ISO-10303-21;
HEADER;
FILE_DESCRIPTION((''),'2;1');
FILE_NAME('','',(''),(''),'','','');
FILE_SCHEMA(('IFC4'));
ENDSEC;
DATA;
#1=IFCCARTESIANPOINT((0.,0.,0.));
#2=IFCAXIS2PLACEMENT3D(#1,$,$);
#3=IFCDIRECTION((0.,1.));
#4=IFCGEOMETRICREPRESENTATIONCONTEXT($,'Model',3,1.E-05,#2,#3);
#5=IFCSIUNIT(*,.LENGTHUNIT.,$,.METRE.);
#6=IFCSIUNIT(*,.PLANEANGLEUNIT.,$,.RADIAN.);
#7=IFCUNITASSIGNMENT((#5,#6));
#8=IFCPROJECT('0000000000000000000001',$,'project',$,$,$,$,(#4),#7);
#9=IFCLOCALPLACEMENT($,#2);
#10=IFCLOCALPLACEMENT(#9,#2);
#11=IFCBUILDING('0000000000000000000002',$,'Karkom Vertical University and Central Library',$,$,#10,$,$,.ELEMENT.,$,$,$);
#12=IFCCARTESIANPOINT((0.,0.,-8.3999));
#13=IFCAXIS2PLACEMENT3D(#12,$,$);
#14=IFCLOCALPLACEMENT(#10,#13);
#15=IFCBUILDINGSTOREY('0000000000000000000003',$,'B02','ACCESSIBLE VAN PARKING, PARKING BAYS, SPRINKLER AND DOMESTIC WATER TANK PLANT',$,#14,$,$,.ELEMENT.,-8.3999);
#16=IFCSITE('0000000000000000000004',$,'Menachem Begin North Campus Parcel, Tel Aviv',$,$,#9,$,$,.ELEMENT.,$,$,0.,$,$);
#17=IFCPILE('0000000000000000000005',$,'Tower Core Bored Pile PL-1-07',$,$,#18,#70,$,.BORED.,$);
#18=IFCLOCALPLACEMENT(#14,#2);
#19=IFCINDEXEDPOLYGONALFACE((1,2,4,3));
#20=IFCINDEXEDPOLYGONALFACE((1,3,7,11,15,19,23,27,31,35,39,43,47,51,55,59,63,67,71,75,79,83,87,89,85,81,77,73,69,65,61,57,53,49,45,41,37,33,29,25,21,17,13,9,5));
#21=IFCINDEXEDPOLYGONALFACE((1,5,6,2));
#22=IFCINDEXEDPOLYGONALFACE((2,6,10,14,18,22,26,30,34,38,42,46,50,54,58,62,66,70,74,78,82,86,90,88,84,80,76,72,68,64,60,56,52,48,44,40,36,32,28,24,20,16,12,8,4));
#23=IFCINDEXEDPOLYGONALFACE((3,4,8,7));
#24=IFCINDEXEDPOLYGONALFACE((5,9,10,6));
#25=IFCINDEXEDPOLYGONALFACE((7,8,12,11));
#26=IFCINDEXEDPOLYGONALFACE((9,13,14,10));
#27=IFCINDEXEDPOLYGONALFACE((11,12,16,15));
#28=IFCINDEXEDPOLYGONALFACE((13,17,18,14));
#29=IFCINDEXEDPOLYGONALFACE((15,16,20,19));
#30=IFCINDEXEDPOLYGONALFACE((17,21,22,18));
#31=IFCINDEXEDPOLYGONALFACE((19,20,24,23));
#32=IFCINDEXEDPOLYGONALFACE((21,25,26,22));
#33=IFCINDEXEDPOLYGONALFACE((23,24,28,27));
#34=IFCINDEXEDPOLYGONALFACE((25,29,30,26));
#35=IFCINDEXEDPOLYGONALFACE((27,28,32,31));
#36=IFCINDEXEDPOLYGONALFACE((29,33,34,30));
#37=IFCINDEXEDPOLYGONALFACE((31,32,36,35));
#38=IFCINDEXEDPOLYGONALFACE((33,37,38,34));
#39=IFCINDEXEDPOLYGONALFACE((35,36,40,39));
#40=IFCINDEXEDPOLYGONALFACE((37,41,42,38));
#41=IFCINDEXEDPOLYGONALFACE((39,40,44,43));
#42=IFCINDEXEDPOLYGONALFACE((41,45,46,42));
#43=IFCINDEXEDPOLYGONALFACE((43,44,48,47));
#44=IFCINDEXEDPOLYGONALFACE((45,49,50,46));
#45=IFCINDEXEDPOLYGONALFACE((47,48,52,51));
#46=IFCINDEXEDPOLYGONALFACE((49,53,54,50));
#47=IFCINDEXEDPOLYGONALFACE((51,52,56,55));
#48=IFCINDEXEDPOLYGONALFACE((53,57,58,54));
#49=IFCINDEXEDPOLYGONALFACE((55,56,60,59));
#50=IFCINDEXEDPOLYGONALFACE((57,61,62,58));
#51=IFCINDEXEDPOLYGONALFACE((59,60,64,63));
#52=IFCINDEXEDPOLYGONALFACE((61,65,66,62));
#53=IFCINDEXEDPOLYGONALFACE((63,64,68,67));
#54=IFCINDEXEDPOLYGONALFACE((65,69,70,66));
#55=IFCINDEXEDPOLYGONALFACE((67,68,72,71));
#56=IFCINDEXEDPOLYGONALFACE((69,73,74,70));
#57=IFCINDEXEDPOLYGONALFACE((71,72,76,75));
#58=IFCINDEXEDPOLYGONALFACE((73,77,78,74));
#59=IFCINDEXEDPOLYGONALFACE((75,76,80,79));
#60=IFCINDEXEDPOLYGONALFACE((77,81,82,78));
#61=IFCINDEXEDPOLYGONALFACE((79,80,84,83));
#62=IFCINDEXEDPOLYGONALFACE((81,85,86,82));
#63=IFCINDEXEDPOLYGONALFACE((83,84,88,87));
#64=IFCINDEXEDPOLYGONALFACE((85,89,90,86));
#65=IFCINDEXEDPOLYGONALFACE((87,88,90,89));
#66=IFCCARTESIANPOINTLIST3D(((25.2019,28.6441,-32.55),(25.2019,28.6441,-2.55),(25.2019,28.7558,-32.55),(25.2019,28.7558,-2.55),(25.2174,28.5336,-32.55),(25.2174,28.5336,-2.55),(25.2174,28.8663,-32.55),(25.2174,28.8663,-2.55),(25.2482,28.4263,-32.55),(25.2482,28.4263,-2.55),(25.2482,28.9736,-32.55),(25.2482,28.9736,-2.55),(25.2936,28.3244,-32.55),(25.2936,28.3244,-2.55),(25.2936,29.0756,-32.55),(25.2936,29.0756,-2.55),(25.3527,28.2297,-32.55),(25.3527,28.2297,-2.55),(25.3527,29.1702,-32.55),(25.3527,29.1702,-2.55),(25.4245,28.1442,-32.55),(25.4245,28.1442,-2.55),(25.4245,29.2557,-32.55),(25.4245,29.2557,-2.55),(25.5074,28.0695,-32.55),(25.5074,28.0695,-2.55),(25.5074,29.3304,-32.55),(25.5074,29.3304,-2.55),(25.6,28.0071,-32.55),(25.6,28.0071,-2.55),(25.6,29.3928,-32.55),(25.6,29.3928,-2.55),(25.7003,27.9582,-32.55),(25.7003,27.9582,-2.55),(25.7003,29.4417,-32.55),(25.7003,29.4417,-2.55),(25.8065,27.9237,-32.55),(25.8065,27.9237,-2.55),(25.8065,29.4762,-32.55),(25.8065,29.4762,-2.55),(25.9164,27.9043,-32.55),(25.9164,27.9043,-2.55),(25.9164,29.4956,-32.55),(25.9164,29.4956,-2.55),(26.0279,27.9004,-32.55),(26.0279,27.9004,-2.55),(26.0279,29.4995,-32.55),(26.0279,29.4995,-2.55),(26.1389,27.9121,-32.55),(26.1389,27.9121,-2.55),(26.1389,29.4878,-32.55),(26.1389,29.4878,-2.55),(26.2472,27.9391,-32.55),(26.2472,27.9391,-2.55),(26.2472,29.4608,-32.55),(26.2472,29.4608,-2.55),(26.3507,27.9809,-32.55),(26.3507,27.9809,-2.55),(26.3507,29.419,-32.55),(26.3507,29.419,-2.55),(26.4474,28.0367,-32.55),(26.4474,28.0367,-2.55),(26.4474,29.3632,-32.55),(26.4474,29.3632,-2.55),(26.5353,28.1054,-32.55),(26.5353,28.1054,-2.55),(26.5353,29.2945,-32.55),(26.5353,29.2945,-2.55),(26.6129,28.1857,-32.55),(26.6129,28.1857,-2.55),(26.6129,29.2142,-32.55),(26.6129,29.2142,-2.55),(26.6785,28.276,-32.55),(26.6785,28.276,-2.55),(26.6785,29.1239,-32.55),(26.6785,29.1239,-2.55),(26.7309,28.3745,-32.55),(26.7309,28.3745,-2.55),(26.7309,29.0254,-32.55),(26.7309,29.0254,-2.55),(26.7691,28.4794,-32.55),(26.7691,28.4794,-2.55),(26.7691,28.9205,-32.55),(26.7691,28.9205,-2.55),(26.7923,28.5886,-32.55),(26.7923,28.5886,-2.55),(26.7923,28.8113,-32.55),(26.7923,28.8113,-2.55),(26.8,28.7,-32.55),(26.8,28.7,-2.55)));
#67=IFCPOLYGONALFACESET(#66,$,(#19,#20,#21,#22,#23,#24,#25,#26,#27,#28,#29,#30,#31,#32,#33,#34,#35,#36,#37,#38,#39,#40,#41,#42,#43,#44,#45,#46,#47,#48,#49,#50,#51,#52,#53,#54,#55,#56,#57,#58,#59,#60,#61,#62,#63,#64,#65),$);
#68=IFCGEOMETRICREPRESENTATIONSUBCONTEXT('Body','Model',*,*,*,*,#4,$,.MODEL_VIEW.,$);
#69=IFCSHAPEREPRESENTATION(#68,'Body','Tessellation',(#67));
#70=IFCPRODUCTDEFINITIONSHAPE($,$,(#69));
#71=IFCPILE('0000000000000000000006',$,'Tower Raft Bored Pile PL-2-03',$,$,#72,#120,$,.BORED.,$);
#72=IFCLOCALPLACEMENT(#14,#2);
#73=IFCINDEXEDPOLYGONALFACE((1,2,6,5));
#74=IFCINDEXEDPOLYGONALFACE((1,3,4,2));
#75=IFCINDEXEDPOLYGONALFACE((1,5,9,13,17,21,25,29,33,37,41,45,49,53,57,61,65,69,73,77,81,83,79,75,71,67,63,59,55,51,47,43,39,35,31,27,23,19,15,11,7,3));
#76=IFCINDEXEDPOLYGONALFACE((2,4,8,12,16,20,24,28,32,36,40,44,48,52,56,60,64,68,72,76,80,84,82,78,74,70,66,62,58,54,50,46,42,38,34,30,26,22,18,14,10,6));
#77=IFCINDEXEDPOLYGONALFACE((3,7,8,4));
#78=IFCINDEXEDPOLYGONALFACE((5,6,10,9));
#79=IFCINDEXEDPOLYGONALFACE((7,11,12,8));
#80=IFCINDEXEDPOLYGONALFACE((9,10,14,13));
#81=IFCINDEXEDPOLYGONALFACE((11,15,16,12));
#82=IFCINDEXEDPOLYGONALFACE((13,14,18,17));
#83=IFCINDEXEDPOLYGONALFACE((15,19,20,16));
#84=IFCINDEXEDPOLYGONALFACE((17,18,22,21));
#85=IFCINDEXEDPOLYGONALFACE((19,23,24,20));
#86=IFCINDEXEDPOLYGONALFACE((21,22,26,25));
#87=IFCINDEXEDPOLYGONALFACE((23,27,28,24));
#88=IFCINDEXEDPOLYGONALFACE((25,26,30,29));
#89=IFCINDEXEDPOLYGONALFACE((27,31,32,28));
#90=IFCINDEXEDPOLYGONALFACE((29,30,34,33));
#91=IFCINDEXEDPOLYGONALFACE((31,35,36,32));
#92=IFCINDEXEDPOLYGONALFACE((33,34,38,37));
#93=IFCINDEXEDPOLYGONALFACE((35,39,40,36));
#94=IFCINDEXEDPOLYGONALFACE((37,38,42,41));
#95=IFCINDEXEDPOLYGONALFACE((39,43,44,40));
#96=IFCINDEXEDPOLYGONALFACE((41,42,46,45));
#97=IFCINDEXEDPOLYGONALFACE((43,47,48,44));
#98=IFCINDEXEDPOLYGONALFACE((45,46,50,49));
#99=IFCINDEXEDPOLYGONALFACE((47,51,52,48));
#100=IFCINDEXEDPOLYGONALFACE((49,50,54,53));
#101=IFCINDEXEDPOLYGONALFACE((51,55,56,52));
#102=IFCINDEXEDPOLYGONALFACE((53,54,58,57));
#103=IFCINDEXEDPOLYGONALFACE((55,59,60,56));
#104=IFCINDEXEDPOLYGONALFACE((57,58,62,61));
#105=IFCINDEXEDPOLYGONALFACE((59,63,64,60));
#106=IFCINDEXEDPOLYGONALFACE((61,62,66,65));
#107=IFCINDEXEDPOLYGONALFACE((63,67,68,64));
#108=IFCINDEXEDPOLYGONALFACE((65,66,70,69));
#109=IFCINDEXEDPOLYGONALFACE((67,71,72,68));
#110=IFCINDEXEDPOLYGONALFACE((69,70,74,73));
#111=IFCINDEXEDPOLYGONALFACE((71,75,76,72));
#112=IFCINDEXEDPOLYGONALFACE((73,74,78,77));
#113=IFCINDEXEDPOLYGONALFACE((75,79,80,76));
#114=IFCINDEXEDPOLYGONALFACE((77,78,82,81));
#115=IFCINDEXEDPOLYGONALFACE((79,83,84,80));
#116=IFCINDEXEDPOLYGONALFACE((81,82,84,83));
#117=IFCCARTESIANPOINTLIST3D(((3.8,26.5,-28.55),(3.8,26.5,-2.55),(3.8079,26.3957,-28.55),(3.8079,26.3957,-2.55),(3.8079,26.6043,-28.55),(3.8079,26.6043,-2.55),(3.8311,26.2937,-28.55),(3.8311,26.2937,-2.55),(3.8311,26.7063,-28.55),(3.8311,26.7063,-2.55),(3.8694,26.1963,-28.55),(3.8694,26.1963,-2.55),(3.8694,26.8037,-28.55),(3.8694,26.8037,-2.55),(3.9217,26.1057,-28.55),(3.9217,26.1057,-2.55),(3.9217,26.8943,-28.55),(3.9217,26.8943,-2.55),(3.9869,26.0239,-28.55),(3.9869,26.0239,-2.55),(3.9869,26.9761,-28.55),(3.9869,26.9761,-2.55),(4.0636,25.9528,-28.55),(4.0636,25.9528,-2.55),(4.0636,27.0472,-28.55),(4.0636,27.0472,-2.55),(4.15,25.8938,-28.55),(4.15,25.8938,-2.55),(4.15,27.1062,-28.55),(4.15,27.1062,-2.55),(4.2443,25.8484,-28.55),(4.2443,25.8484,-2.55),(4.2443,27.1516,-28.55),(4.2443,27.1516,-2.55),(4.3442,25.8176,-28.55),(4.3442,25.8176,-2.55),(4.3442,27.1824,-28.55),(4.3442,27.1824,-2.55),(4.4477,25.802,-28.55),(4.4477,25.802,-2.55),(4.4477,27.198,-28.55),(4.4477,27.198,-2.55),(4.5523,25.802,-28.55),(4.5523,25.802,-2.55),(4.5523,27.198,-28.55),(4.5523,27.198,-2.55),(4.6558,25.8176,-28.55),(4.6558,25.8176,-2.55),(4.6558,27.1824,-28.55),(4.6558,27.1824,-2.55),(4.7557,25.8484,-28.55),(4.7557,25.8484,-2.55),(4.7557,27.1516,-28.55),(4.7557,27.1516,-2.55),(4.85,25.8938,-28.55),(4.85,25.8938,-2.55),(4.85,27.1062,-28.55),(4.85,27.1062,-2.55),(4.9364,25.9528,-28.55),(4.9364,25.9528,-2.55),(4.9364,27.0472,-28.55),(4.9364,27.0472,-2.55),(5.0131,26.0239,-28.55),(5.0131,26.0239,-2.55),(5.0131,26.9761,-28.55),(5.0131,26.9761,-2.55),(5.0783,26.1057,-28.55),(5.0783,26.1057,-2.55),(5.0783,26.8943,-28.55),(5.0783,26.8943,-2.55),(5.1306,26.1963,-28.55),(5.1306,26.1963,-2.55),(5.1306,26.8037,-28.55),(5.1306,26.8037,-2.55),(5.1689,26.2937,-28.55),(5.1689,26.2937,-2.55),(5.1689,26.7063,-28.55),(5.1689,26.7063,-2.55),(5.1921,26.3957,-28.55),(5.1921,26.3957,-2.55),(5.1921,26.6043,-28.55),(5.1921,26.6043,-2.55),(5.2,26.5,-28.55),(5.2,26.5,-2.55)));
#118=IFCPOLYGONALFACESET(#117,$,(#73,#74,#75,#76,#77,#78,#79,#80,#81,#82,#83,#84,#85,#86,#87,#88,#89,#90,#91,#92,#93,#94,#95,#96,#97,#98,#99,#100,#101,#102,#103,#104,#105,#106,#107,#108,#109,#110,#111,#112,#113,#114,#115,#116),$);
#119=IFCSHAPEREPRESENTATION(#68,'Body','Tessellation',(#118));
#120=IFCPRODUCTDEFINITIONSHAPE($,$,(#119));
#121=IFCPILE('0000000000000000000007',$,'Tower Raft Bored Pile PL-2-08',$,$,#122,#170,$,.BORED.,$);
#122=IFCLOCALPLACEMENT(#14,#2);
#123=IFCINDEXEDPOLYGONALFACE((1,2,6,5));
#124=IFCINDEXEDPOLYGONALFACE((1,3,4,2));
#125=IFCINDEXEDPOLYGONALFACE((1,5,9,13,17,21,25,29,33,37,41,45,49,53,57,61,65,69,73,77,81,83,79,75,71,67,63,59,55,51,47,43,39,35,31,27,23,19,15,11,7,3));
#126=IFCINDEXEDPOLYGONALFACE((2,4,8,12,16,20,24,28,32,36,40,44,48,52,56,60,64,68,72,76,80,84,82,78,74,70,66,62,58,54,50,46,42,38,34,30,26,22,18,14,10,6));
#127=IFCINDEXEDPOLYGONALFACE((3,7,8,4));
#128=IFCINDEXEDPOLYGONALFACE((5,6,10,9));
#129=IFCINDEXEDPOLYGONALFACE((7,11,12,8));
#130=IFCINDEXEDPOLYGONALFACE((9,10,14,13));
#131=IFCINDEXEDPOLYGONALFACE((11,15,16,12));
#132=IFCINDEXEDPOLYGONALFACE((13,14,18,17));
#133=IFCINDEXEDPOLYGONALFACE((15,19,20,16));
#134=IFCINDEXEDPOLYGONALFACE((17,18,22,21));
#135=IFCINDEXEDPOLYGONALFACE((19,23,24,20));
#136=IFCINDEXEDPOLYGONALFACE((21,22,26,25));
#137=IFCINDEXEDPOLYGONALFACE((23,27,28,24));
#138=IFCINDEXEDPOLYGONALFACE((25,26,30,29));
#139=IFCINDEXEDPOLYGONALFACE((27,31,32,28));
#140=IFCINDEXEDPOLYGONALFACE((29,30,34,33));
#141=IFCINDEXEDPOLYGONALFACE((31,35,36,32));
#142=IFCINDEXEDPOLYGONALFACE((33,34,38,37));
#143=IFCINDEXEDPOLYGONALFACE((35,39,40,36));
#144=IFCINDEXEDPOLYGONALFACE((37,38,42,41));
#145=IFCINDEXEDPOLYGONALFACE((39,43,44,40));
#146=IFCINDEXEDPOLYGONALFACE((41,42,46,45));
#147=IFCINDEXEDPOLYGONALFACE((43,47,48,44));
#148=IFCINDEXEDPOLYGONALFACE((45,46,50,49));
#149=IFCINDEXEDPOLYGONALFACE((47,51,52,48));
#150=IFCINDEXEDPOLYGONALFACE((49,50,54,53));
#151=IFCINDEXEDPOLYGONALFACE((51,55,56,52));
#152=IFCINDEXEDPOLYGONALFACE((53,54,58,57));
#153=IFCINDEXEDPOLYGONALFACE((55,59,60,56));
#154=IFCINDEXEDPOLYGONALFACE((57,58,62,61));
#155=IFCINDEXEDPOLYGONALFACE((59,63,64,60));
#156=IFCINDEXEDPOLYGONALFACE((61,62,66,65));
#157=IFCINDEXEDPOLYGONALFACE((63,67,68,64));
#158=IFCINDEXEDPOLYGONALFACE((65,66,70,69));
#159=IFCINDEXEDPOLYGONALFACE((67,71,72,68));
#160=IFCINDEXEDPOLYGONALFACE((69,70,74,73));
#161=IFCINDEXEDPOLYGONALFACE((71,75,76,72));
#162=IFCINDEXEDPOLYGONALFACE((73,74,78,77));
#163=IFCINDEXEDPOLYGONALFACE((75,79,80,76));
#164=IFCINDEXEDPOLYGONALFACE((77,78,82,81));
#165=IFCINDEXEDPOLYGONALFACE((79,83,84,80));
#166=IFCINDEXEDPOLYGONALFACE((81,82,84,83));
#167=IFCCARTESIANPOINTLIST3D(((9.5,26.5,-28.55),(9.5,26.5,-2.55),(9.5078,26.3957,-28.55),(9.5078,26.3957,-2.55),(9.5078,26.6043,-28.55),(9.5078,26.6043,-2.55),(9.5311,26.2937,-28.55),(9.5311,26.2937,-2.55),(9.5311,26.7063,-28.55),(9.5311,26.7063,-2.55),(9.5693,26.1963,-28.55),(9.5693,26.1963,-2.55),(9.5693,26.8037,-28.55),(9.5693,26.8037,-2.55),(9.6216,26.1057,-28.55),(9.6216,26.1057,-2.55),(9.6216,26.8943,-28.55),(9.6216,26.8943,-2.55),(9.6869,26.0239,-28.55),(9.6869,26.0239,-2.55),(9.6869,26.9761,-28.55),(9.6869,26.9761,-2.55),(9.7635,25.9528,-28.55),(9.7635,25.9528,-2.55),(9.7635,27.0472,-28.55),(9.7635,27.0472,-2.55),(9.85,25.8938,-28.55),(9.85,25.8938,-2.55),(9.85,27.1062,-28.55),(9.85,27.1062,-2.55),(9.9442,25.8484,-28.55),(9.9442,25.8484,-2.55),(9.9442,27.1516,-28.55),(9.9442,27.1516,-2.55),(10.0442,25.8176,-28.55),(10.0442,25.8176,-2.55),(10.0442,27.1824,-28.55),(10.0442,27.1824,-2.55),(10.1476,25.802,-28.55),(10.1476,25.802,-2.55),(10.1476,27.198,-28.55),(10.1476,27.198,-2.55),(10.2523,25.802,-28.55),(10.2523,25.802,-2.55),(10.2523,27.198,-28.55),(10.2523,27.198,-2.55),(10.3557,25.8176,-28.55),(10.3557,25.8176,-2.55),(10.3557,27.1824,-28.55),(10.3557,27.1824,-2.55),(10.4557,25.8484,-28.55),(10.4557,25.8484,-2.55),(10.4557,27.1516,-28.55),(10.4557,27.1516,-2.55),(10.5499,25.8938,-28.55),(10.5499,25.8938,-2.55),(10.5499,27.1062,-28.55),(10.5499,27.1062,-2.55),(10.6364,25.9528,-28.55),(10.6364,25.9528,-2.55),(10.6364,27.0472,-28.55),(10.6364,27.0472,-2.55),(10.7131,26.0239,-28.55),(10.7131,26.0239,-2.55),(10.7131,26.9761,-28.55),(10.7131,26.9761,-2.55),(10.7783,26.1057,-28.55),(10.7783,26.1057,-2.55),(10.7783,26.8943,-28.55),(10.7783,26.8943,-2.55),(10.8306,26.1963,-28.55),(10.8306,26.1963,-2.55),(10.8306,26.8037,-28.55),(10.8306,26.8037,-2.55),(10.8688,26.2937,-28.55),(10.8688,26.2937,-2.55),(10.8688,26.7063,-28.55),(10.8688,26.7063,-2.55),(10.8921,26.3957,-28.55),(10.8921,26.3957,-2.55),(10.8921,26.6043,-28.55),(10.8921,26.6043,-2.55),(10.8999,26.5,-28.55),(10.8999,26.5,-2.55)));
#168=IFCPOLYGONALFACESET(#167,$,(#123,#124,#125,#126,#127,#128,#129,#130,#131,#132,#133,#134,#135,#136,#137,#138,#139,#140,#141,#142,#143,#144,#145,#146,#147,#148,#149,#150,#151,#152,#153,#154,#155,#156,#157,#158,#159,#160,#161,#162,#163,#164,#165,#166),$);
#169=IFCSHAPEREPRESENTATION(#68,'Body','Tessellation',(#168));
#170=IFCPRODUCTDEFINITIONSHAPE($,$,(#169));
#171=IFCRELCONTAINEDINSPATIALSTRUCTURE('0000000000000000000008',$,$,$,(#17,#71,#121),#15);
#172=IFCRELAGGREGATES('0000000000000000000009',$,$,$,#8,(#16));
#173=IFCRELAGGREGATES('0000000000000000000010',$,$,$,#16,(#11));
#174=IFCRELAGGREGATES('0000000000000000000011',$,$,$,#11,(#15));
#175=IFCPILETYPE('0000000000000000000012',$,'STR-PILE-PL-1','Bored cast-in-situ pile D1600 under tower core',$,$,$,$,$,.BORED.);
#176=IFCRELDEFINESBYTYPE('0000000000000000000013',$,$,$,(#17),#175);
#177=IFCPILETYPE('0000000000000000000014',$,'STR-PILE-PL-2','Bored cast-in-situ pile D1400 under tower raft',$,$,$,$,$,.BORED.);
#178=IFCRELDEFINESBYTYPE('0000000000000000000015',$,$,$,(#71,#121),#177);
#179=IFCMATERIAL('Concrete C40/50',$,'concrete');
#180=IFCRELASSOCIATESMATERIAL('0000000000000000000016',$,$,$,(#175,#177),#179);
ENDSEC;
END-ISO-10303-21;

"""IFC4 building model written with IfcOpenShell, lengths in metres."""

from ifc_helpers import new_model, si_unit, direction, frame, origin, origin_with_axes, origin_2d, place, context, subcontext, project, spatial, circle, extrude, source, transform, mapped, material, material_profile, profile_set, type_object, element, save


model = new_model("IFC4")

# Units and contexts
model_context = context("Model", 3, precision=1e-05, world=origin(), true_north=direction((0.0, 1.0)))
body_context = subcontext(model_context, "Body", "Model", "MODEL_VIEW")
ifc_project = project(units=[si_unit("LENGTHUNIT", "METRE"), si_unit("PLANEANGLEUNIT", "RADIAN")], contexts=[model_context])

# Site, building, storey
site_placement = place(None, origin())
site = spatial("IfcSite", under=ifc_project, at=site_placement, Name="Menachem Begin North Campus Parcel, Tel Aviv", CompositionType="ELEMENT", RefElevation=0.0)
building_placement = place(site_placement, origin())
building = spatial("IfcBuilding", under=site, at=building_placement, Name="Karkom Vertical University and Central Library", CompositionType="ELEMENT")
storey_placement = place(building_placement, frame((0.0, 0.0, -8.3999)))
storey = spatial("IfcBuildingStorey", under=building, at=storey_placement, Name="B02", Description="ACCESSIBLE VAN PARKING, PARKING BAYS, SPRINKLER AND DOMESTIC WATER TANK PLANT", CompositionType="ELEMENT", Elevation=-8.3999)

# Piles
ifc_material_1 = material(Name="Concrete C40/50", Category="concrete")
ifc_material_profile_1 = material_profile(ifc_material_1, circle(Radius=0.8, at=origin_2d()), Name="PILE-D1600")
ifc_profile_set_1 = profile_set([ifc_material_profile_1], Name="Concrete C40/50")
pile_type_1 = type_object("IfcPileType", Name="STR-PILE-PL-1", Description="Bored cast-in-situ pile D1600 under tower core", PredefinedType="BORED", material=ifc_profile_set_1)
shared_shape_1 = source(origin_with_axes(), body_context, "Body", "SweptSolid", [
    extrude(circle(Radius=0.8, at=origin_2d()), origin(), (0.0, 0.0, 1.0), 30.0),
])
for number, where, z_axis, x_axis, name in (
    (1, (26.0, 28.7, -2.55), (0.0, 0.0, -1.0), (1.0, 0.0, 0.0), "Tower Core Bored Pile PL-1-07"),
):
    element("IfcPile", number, at=place(storey_placement, frame(where, z_axis=z_axis, x_axis=x_axis)), inside=storey, type_object=pile_type_1, Name=name, PredefinedType="BORED", context=body_context, shape_type="MappedRepresentation", body=[
        mapped(shared_shape_1, transform((0.0, 0.0, 0.0), scale=1.0)),
    ])
ifc_material_profile_2 = material_profile(ifc_material_1, circle(Radius=0.7, at=origin_2d()), Name="PILE-D1400")
ifc_profile_set_2 = profile_set([ifc_material_profile_2], Name="Concrete C40/50")
pile_type_2 = type_object("IfcPileType", Name="STR-PILE-PL-2", Description="Bored cast-in-situ pile D1400 under tower raft", PredefinedType="BORED", material=ifc_profile_set_2)
shared_shape_2 = source(origin_with_axes(), body_context, "Body", "SweptSolid", [
    extrude(circle(Radius=0.7, at=origin_2d()), origin(), (0.0, 0.0, 1.0), 26.0),
])
for number, where, z_axis, x_axis, name in (
    (2, (4.5, 26.5, -2.55), (0.0, 0.0, -1.0), (1.0, 0.0, 0.0), "Tower Raft Bored Pile PL-2-03"),
    (3, (10.2, 26.5, -2.55), (0.0, 0.0, -1.0), (1.0, 0.0, 0.0), "Tower Raft Bored Pile PL-2-08"),
):
    element("IfcPile", number, at=place(storey_placement, frame(where, z_axis=z_axis, x_axis=x_axis)), inside=storey, type_object=pile_type_2, Name=name, PredefinedType="BORED", context=body_context, shape_type="MappedRepresentation", body=[
        mapped(shared_shape_2, transform((0.0, 0.0, 0.0), scale=1.0)),
    ])

save(model, "model.ifc")
